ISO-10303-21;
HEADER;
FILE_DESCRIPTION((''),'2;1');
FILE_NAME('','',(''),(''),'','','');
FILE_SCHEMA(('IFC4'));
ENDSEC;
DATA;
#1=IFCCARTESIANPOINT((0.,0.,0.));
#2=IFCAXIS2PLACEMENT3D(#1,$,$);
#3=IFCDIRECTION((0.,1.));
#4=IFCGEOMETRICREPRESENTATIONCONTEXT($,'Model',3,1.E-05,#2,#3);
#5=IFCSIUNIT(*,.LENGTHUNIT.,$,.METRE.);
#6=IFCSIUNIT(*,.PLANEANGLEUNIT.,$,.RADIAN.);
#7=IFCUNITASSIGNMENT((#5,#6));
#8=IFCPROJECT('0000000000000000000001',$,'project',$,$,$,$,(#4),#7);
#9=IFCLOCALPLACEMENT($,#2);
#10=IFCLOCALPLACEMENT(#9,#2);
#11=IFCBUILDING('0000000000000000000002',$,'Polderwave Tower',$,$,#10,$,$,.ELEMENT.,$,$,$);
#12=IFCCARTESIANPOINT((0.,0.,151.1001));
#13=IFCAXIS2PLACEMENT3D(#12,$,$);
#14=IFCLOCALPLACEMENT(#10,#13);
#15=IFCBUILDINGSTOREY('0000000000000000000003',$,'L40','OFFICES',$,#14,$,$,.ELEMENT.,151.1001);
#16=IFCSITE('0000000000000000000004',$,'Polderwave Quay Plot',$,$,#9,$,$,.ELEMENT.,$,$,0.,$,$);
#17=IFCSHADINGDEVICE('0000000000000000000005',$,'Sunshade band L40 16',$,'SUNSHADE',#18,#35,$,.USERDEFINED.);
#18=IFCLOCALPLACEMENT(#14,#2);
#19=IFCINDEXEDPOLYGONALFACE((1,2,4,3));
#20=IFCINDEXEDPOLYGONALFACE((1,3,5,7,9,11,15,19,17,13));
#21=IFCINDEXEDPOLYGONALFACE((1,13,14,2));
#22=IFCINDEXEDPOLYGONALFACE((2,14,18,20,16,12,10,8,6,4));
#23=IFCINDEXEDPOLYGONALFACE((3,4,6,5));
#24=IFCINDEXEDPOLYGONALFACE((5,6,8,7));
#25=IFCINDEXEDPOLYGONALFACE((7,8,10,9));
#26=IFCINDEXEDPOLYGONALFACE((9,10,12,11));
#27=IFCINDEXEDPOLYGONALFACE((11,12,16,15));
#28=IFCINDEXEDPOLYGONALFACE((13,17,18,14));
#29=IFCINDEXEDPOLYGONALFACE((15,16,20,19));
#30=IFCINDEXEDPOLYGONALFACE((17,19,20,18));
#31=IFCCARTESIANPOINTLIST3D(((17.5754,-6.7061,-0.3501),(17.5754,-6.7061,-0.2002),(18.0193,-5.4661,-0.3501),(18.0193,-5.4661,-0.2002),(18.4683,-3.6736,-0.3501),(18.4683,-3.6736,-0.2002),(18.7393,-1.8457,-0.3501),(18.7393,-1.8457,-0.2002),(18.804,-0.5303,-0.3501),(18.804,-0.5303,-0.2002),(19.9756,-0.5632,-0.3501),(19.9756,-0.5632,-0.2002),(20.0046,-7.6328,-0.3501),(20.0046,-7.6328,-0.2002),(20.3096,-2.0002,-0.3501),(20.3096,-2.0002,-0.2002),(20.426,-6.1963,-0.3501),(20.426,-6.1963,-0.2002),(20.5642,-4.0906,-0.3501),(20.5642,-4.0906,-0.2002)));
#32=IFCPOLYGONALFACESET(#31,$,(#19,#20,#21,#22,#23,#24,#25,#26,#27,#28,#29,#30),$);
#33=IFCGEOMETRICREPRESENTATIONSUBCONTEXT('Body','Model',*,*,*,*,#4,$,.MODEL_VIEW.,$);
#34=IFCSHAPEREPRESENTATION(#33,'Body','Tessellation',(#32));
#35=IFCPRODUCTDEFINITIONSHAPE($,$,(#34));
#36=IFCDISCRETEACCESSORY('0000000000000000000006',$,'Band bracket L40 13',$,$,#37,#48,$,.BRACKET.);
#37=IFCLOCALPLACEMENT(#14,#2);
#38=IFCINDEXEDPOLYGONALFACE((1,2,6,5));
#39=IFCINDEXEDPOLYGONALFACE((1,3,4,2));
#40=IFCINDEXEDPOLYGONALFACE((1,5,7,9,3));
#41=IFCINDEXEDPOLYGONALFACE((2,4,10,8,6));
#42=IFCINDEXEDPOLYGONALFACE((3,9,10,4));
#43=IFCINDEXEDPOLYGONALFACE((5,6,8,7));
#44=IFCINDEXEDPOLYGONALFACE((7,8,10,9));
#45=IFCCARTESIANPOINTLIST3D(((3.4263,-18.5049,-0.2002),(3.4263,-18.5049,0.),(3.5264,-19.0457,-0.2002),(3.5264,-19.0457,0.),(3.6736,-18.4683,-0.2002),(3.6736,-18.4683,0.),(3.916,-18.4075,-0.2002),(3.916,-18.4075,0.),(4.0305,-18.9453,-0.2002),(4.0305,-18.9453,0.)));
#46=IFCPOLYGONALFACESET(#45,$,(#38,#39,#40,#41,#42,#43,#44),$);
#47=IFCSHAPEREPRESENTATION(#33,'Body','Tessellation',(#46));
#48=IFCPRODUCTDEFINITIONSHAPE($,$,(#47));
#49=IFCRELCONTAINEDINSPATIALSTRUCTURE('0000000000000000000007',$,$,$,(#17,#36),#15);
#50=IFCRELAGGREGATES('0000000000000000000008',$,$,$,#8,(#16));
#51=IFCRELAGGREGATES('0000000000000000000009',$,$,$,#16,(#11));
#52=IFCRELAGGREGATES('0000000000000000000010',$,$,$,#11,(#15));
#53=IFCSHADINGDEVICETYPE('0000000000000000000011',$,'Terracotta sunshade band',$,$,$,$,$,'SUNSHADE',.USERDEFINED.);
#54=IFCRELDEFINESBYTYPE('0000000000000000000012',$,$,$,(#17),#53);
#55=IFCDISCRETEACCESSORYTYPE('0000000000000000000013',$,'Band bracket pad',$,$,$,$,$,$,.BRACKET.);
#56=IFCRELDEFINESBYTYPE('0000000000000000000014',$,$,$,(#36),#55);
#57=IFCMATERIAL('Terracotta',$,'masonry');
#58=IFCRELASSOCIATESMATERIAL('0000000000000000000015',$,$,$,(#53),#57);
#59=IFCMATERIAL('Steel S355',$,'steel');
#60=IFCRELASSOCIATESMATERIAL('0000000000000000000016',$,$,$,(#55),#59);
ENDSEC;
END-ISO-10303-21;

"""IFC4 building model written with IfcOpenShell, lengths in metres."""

from ifc_helpers import new_model, si_unit, direction, frame, origin, place, context, subcontext, project, spatial, polyline, outline, extrude, material, type_object, element, save


model = new_model("IFC4")

# Units and contexts
model_context = context("Model", 3, precision=1e-05, world=origin(), true_north=direction((0.0, 1.0)))
body_context = subcontext(model_context, "Body", "Model", "MODEL_VIEW")
ifc_project = project(units=[si_unit("LENGTHUNIT", "METRE"), si_unit("PLANEANGLEUNIT", "RADIAN")], contexts=[model_context])

# Site, building, storey
site_placement = place(None, origin())
site = spatial("IfcSite", under=ifc_project, at=site_placement, Name="Polderwave Quay Plot", CompositionType="ELEMENT", RefElevation=0.0)
building_placement = place(site_placement, origin())
building = spatial("IfcBuilding", under=site, at=building_placement, Name="Polderwave Tower", CompositionType="ELEMENT")
storey_placement = place(building_placement, frame((0.0, 0.0, 151.1001)))
storey = spatial("IfcBuildingStorey", under=building, at=storey_placement, Name="L40", Description="OFFICES", CompositionType="ELEMENT", Elevation=151.1001)

# Shading device
ifc_material_1 = material(Name="Terracotta", Category="masonry")
shading_device_type = type_object("IfcShadingDeviceType", Name="Terracotta sunshade band", ElementType="SUNSHADE", PredefinedType="USERDEFINED", material=ifc_material_1)
shading_device_1_placement = place(storey_placement, frame((0.0, 0.0, -0.3501)))
element("IfcShadingDevice", 1, at=shading_device_1_placement, inside=storey, type_object=shading_device_type, Name="Sunshade band L40 16", ObjectType="SUNSHADE", PredefinedType="USERDEFINED", context=body_context, shape_type="SweptSolid", body=[
    extrude(outline(polyline([(17.5754, -6.7061), (18.0193, -5.4661), (18.4683, -3.6736), (18.7393, -1.8457), (18.804, -0.5303), (19.9756, -0.5632), (20.3096, -2.0002), (20.5642, -4.0906), (20.426, -6.1963), (20.0046, -7.6328), (17.5754, -6.7061)])), origin(), (0.0, 0.0, 1.0), 0.1499),
])

# Discrete accessory
ifc_material_2 = material(Name="Steel S355", Category="steel")
discrete_accessory_type = type_object("IfcDiscreteAccessoryType", Name="Band bracket pad", PredefinedType="BRACKET", material=ifc_material_2)
discrete_accessory_placement = place(storey_placement, frame((0.0, 0.0, -0.2002)))
element("IfcDiscreteAccessory", 2, at=discrete_accessory_placement, inside=storey, type_object=discrete_accessory_type, Name="Band bracket L40 13", PredefinedType="BRACKET", context=body_context, shape_type="SweptSolid", body=[
    extrude(outline(polyline([(3.4263, -18.5049), (3.6736, -18.4683), (3.916, -18.4075), (4.0305, -18.9453), (3.5264, -19.0457), (3.4263, -18.5049)])), origin(), (0.0, 0.0, 1.0), 0.2002),
])

save(model, "model.ifc")
